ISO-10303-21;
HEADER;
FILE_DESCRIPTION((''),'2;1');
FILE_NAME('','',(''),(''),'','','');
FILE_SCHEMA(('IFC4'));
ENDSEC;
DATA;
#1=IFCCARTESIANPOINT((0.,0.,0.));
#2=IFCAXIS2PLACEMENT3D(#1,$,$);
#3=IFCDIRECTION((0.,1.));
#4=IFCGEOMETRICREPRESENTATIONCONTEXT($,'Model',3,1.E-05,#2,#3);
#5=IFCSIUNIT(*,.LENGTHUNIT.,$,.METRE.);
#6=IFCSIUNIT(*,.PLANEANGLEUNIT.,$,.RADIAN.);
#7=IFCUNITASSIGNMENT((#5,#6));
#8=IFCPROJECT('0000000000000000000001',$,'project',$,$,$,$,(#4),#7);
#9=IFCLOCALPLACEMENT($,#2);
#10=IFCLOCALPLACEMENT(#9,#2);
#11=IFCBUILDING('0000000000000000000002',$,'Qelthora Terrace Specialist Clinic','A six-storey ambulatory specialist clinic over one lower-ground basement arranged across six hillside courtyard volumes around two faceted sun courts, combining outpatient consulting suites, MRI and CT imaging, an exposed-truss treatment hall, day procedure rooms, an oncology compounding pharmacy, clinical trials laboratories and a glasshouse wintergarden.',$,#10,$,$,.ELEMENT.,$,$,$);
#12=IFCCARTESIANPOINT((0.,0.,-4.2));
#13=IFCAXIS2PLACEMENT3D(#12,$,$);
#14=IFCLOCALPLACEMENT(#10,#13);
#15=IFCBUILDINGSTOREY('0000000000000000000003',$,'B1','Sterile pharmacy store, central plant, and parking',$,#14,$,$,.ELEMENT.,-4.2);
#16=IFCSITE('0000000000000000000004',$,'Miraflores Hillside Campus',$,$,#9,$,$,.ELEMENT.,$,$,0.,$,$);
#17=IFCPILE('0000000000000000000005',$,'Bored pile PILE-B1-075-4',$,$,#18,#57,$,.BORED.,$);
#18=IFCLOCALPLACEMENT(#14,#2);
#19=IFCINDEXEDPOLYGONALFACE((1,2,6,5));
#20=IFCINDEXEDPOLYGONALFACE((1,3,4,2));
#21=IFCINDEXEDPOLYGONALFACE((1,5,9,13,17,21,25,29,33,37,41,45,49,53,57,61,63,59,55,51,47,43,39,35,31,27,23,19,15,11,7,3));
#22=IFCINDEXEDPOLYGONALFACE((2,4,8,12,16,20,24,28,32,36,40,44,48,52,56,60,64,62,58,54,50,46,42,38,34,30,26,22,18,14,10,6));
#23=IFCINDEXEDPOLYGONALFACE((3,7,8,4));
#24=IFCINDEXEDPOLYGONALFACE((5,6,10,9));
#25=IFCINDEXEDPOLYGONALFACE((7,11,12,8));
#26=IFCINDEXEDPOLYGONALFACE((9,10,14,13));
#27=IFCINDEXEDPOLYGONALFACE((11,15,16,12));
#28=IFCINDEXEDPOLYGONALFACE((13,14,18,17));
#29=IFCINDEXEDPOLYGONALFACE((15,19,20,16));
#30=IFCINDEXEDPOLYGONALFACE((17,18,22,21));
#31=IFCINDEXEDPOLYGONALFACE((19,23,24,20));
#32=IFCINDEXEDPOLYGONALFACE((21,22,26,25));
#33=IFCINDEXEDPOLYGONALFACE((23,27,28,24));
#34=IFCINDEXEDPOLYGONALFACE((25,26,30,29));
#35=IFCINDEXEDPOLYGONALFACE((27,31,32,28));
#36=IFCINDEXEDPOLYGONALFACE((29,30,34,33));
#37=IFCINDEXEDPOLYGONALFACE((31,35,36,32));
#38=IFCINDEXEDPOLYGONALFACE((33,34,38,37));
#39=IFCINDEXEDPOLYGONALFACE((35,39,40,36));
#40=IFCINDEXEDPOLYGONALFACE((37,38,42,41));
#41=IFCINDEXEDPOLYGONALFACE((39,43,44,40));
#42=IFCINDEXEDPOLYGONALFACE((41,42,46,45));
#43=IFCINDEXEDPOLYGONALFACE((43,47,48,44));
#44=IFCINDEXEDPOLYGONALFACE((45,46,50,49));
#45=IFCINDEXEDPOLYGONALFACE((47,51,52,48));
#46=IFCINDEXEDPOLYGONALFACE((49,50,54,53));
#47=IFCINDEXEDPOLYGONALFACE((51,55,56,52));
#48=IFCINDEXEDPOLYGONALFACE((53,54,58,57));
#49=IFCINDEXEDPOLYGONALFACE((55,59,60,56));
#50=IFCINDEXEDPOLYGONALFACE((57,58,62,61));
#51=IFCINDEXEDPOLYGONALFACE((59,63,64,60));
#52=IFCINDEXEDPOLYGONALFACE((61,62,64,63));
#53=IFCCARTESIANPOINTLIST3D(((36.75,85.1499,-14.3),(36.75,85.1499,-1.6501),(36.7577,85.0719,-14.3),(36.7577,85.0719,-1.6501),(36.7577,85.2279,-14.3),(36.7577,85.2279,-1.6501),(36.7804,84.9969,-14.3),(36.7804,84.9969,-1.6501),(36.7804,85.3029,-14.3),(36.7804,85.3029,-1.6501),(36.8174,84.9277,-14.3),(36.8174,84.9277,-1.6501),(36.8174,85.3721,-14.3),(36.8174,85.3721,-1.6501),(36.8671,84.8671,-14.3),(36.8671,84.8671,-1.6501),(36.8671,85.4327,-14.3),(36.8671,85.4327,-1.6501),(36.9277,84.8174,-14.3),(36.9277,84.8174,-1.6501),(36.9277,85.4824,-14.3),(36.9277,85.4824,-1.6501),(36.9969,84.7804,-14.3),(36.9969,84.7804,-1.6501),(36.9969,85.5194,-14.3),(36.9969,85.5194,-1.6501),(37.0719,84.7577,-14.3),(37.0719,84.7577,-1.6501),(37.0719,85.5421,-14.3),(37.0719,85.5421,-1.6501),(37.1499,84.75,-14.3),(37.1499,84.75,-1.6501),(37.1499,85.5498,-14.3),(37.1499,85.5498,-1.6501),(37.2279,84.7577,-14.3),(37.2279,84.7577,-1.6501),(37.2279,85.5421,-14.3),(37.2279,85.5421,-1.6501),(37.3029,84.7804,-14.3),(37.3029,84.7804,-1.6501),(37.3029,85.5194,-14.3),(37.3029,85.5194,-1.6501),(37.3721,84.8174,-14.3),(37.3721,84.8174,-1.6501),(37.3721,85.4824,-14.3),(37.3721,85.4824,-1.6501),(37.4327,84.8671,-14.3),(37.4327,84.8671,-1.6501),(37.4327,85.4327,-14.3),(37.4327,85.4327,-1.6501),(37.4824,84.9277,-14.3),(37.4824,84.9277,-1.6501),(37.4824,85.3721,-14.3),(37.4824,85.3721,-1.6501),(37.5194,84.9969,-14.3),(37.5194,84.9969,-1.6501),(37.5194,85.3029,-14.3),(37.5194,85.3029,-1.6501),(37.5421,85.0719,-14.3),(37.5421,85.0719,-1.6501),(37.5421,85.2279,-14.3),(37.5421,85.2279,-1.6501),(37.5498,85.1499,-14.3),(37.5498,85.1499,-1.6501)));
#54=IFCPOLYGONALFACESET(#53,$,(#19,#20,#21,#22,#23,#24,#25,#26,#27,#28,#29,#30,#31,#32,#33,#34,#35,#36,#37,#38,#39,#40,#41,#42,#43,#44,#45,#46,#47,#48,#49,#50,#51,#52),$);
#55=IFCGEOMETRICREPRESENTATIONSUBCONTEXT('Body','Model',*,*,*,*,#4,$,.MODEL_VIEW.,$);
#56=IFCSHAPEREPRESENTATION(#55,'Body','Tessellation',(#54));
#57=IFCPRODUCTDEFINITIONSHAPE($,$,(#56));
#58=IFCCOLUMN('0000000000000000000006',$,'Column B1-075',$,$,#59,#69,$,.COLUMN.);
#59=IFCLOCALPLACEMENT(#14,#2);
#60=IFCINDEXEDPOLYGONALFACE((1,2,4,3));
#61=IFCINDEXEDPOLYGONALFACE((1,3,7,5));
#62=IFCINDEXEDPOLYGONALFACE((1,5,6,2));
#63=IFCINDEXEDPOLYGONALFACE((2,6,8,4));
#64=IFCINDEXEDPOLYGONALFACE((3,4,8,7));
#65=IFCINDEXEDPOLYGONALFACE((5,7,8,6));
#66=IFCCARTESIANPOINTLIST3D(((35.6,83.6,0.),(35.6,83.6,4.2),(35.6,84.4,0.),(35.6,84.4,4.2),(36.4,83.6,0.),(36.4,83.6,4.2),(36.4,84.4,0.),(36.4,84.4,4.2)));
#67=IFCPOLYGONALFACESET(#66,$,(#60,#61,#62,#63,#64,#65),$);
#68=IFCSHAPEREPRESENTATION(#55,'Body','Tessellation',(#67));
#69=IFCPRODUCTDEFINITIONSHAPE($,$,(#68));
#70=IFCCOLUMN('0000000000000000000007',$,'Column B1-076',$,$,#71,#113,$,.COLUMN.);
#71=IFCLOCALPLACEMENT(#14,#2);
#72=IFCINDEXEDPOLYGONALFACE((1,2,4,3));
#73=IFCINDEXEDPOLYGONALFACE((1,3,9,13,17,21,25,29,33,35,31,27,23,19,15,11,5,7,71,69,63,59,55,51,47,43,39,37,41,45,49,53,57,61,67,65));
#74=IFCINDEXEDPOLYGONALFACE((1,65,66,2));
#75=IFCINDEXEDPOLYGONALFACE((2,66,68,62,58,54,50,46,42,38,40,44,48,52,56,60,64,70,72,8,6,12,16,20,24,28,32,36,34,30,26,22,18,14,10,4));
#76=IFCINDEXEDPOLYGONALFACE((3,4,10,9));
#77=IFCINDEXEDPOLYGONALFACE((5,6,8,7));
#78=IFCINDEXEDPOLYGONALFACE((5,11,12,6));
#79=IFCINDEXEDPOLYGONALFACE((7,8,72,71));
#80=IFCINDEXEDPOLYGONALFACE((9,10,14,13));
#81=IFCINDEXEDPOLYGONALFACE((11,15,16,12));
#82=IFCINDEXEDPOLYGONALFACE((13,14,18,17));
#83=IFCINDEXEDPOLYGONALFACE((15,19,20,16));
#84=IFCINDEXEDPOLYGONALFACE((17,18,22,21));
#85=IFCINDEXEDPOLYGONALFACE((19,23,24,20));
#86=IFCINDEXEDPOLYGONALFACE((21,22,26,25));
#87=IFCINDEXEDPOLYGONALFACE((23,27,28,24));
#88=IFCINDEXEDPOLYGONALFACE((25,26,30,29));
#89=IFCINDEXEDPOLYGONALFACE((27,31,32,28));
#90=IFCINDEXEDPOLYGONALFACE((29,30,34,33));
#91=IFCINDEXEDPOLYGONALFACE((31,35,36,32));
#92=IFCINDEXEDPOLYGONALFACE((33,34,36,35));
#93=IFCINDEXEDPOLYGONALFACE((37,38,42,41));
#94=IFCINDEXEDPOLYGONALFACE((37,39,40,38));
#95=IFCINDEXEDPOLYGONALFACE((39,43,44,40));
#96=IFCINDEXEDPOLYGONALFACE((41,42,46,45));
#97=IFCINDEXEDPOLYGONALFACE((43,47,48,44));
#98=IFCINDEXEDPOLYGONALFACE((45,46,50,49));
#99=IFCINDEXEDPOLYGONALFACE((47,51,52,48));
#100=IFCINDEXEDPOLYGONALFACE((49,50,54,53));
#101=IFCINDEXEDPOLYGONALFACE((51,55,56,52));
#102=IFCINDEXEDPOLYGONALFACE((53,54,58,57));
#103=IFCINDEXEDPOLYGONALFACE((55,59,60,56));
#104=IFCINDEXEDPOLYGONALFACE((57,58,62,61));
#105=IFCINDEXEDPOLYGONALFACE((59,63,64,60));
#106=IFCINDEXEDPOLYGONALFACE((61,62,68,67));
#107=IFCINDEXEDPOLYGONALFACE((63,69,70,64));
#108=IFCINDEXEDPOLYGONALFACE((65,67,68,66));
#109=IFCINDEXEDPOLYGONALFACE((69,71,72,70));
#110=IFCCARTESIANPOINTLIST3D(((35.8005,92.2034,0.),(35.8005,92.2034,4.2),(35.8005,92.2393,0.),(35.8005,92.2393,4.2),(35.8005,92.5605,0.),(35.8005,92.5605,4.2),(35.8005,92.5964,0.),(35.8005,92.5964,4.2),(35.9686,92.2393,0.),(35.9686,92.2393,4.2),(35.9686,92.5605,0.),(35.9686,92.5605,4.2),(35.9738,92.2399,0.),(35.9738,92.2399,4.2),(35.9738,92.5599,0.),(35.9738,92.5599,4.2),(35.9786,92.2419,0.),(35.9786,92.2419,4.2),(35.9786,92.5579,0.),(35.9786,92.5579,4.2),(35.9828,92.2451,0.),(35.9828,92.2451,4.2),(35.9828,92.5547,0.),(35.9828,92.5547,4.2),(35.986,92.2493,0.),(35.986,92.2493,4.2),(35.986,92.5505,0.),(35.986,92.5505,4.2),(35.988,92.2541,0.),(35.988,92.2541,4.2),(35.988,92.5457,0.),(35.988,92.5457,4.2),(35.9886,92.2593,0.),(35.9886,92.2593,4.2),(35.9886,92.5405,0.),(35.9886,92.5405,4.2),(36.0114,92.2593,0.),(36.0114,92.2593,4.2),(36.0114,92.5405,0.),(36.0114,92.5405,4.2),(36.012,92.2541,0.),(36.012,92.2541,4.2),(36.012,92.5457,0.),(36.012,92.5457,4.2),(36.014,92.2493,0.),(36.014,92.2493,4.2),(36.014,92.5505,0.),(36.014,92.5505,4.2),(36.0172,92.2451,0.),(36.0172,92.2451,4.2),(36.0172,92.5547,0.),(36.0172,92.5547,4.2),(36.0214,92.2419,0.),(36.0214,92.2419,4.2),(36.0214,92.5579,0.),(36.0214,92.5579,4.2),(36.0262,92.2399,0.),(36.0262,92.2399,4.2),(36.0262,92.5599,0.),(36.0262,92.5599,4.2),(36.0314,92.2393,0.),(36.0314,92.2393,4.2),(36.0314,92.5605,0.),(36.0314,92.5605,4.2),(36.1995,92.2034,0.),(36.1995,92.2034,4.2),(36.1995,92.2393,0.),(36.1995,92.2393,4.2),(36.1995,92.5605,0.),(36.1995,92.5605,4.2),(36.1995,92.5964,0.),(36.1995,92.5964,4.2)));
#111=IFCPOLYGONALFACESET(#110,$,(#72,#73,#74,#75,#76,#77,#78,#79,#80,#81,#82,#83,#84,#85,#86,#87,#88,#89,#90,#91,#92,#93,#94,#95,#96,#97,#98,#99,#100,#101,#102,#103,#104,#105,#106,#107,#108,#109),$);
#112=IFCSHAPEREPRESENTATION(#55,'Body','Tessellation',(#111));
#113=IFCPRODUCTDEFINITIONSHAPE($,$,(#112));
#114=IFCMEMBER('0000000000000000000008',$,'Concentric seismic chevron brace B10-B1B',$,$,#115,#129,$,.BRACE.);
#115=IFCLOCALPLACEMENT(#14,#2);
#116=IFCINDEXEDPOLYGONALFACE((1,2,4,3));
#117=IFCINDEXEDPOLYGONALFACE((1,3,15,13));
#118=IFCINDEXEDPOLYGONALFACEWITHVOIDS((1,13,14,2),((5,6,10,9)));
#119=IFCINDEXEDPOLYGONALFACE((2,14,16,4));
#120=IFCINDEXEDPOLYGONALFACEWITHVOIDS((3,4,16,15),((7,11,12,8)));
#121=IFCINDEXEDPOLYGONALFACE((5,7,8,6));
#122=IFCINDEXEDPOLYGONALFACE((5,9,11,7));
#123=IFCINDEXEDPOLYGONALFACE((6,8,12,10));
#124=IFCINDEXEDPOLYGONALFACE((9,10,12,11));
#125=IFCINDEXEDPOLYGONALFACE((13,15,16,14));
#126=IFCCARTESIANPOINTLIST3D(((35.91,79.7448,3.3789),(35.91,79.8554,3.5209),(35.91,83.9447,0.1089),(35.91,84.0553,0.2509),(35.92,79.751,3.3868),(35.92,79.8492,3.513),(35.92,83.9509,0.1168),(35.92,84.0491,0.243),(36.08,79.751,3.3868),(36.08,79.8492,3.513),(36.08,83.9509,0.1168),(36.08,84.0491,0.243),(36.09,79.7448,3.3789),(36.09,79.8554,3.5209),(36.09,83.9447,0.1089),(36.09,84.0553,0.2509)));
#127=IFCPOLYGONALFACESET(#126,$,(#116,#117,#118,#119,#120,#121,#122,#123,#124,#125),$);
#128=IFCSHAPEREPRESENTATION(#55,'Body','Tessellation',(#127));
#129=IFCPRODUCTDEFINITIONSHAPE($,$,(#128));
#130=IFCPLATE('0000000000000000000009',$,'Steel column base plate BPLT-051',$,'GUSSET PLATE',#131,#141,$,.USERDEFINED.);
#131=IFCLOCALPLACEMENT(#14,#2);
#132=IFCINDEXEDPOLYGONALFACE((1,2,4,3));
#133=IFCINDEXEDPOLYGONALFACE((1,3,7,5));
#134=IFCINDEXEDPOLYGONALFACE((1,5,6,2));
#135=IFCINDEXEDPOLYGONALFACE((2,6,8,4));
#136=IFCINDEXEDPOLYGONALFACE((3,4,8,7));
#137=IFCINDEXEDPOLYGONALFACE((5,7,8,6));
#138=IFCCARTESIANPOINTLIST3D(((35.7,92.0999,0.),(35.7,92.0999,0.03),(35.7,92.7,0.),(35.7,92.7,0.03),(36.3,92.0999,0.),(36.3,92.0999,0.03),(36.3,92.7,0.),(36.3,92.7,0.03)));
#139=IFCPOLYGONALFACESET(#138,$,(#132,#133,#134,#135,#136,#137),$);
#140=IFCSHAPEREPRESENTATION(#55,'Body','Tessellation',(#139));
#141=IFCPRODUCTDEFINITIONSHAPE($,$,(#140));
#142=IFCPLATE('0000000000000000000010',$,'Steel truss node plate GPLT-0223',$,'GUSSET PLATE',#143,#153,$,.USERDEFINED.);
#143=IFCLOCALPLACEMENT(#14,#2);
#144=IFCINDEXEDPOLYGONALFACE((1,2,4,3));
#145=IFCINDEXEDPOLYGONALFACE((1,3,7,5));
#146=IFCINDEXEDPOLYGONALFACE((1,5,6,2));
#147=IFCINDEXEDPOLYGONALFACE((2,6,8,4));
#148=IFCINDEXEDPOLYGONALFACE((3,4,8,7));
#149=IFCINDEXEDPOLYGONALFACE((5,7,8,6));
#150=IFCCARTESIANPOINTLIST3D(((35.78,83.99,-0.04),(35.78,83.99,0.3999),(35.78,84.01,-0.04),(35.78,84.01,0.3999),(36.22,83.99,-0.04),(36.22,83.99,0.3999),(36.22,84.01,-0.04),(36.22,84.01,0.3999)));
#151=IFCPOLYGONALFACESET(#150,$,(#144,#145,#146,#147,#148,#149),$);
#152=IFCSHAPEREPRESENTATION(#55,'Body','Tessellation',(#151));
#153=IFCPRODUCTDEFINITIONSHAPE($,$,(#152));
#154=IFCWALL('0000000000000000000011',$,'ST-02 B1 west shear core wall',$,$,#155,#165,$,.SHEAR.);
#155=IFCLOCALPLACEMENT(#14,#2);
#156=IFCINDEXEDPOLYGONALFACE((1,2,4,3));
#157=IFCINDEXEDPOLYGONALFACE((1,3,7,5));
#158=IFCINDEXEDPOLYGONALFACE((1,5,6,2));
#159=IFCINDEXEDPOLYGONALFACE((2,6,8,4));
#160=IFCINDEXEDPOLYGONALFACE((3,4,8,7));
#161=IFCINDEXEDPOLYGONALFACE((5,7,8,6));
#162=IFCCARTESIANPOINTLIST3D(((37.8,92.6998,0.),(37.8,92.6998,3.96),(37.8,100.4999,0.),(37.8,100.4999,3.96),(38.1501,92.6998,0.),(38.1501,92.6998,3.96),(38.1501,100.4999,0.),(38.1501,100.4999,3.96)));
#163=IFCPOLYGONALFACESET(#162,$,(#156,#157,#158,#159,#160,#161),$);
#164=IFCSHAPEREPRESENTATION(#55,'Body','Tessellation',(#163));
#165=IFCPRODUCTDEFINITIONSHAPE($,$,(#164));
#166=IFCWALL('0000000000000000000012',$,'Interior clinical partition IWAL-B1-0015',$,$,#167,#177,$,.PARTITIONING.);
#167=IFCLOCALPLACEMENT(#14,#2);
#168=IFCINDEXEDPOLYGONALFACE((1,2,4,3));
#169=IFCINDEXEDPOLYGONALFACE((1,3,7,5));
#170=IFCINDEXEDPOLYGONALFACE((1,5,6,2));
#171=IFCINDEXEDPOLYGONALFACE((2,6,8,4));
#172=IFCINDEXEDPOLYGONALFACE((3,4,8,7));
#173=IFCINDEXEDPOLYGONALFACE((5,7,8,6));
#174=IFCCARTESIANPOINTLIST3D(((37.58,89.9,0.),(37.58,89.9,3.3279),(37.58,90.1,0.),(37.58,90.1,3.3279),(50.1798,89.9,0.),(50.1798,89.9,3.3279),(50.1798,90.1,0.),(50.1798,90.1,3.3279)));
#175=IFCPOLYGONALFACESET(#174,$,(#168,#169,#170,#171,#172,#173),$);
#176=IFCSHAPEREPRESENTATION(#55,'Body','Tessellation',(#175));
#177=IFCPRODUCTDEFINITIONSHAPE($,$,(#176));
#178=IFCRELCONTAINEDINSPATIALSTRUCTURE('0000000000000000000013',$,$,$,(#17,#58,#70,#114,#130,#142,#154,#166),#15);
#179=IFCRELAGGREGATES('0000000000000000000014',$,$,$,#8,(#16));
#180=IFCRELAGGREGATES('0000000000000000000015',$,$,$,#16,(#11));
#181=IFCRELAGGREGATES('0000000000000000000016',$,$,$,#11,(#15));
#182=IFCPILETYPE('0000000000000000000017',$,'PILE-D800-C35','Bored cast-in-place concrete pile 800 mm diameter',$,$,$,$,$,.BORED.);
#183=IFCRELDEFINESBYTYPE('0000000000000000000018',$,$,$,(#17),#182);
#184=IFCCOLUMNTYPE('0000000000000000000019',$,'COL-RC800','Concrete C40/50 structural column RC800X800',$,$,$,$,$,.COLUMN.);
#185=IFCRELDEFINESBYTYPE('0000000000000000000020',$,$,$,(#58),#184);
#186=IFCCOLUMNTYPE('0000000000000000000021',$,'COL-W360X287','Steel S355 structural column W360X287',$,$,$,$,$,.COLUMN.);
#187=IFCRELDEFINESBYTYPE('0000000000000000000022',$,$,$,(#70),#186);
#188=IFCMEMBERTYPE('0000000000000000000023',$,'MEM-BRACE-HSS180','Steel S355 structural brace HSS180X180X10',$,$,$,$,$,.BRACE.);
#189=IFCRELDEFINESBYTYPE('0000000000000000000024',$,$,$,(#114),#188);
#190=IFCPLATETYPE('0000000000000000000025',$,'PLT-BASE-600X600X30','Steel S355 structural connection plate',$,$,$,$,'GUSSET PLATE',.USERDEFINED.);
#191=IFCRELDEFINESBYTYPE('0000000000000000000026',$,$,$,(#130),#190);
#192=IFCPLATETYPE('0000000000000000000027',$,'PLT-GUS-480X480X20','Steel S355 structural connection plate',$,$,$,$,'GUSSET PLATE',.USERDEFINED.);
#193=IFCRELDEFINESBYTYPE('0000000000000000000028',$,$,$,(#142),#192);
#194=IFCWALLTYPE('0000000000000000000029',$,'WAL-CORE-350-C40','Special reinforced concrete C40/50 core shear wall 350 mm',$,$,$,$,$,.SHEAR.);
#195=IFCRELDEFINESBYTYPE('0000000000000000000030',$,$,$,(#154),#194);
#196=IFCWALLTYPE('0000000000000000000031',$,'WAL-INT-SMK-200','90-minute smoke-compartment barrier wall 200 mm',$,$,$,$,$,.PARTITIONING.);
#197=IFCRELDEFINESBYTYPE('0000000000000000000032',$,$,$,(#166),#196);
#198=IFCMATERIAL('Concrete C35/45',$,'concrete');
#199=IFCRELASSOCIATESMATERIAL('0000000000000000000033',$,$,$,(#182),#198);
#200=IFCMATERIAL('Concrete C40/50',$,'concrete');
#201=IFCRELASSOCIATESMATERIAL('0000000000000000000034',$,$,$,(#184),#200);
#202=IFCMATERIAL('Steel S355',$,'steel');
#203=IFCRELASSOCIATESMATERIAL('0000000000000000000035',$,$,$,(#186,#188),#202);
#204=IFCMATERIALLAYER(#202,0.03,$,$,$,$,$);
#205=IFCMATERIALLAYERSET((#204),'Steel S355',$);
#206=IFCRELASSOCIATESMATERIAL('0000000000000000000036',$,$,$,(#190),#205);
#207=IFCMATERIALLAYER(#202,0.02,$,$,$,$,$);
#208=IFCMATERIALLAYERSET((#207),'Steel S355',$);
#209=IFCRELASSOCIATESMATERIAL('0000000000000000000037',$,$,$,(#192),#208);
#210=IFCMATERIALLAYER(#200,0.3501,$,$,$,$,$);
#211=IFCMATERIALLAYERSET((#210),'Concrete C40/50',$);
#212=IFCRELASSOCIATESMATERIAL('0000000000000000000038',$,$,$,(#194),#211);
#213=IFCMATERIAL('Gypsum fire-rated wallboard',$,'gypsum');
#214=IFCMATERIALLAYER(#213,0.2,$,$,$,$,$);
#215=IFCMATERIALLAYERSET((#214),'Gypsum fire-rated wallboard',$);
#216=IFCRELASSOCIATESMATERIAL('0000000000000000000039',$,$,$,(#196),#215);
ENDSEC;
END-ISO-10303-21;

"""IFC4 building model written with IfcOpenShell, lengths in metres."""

from ifc_helpers import new_model, si_unit, direction, frame, frame_2d, origin, origin_2d, place, context, subcontext, project, spatial, rectangle, hollow_rectangle, circle, i_section, extrude, material, layer, layer_set, material_profile, profile_set, type_object, element, save


model = new_model("IFC4")

# Units and contexts
model_context = context("Model", 3, precision=1e-05, world=origin(), true_north=direction((0.0, 1.0)))
body_context = subcontext(model_context, "Body", "Model", "MODEL_VIEW")
ifc_project = project(units=[si_unit("LENGTHUNIT", "METRE"), si_unit("PLANEANGLEUNIT", "RADIAN")], contexts=[model_context])

# Site, building, storey
site_placement = place(None, origin())
site = spatial("IfcSite", under=ifc_project, at=site_placement, Name="Miraflores Hillside Campus", CompositionType="ELEMENT", RefElevation=0.0)
building_placement = place(site_placement, origin())
building = spatial("IfcBuilding", under=site, at=building_placement, Name="Qelthora Terrace Specialist Clinic", Description="A six-storey ambulatory specialist clinic over one lower-ground basement arranged across six hillside courtyard volumes around two faceted sun courts, combining outpatient consulting suites, MRI and CT imaging, an exposed-truss treatment hall, day procedure rooms, an oncology compounding pharmacy, clinical trials laboratories and a glasshouse wintergarden.", CompositionType="ELEMENT")
storey_placement = place(building_placement, frame((0.0, 0.0, -4.2)))
storey = spatial("IfcBuildingStorey", under=building, at=storey_placement, Name="B1", Description="Sterile pharmacy store, central plant, and parking", CompositionType="ELEMENT", Elevation=-4.2)

# Shared definitions
ifc_material_1 = material(Name="Concrete C35/45", Category="concrete")

# Pile
ifc_material_profile_1 = material_profile(ifc_material_1, circle(Radius=0.3999, at=origin_2d()), Name="PILE800")
ifc_profile_set_1 = profile_set([ifc_material_profile_1], Name="Concrete C35/45")
pile_type_1 = type_object("IfcPileType", Name="PILE-D800-C35", Description="Bored cast-in-place concrete pile 800 mm diameter", PredefinedType="BORED", material=ifc_profile_set_1)
for number, where, z_axis, x_axis, name in (
    (1, (37.1499, 85.1499, -1.6501), (0.0, 0.0, -1.0), (1.0, 0.0, 0.0), "Bored pile PILE-B1-075-4"),
):
    element("IfcPile", number, at=place(storey_placement, frame(where, z_axis=z_axis, x_axis=x_axis)), inside=storey, type_object=pile_type_1, Name=name, PredefinedType="BORED", context=body_context, shape_type="SweptSolid", body=[
        extrude(circle(Radius=0.3999, at=origin_2d()), origin(), (0.0, 0.0, 1.0), 12.6499),
    ])

# Columns
ifc_material_2 = material(Name="Concrete C40/50", Category="concrete")
ifc_material_profile_2 = material_profile(ifc_material_2, rectangle(XDim=0.8, YDim=0.8, at=origin_2d()), Name="RC800X800")
ifc_profile_set_2 = profile_set([ifc_material_profile_2], Name="Concrete C40/50")
column_type_1 = type_object("IfcColumnType", Name="COL-RC800", Description="Concrete C40/50 structural column RC800X800", PredefinedType="COLUMN", material=ifc_profile_set_2)
column_1_placement = place(storey_placement, frame((36.0, 84.0, 0.0), z_axis=(0.0, 0.0, 1.0), x_axis=(1.0, 0.0, 0.0)))
element("IfcColumn", 2, at=column_1_placement, inside=storey, type_object=column_type_1, Name="Column B1-075", PredefinedType="COLUMN", context=body_context, shape_type="SweptSolid", body=[
    extrude(rectangle(XDim=0.8, YDim=0.8, at=origin_2d()), origin(), (0.0, 0.0, 1.0), 4.2),
])
ifc_material_3 = material(Name="Steel S355", Category="steel")
ifc_material_profile_3 = material_profile(ifc_material_3, i_section(OverallWidth=0.3989, OverallDepth=0.3931, WebThickness=0.0227, FlangeThickness=0.0359, FilletRadius=0.02, at=origin_2d()), Name="W360X287")
ifc_profile_set_3 = profile_set([ifc_material_profile_3], Name="Steel S355")
column_type_2 = type_object("IfcColumnType", Name="COL-W360X287", Description="Steel S355 structural column W360X287", PredefinedType="COLUMN", material=ifc_profile_set_3)
column_2_placement = place(storey_placement, frame((36.0, 92.3999, 0.0), z_axis=(0.0, 0.0, 1.0), x_axis=(1.0, 0.0, 0.0)))
element("IfcColumn", 3, at=column_2_placement, inside=storey, type_object=column_type_2, Name="Column B1-076", PredefinedType="COLUMN", context=body_context, shape_type="SweptSolid", body=[
    extrude(i_section(OverallWidth=0.3989, OverallDepth=0.3931, WebThickness=0.0227, FlangeThickness=0.0359, FilletRadius=0.02, at=origin_2d()), origin(), (0.0, 0.0, 1.0), 4.2),
])

# Member
ifc_material_profile_4 = material_profile(ifc_material_3, hollow_rectangle(XDim=0.1799, YDim=0.1799, WallThickness=0.01, at=origin_2d()), Name="HSS180X180X10")
ifc_profile_set_4 = profile_set([ifc_material_profile_4], Name="Steel S355")
member_type = type_object("IfcMemberType", Name="MEM-BRACE-HSS180", Description="Steel S355 structural brace HSS180X180X10", PredefinedType="BRACE", material=ifc_profile_set_4)
member_placement = place(storey_placement, frame((36.0, 84.0, 0.1799), z_axis=(0.0, -0.789043, 0.614337), x_axis=(1.0, 0.0, 0.0)))
element("IfcMember", 4, at=member_placement, inside=storey, type_object=member_type, Name="Concentric seismic chevron brace B10-B1B", PredefinedType="BRACE", context=body_context, shape_type="SweptSolid", body=[
    extrude(hollow_rectangle(XDim=0.1799, YDim=0.1799, WallThickness=0.01, at=origin_2d()), origin(), (0.0, 0.0, 1.0), 5.3228),
])

# Plates
ifc_layer_1 = layer(ifc_material_3, 0.03)
ifc_layer_set_1 = layer_set([ifc_layer_1], Name="Steel S355")
plate_type_1 = type_object("IfcPlateType", Name="PLT-BASE-600X600X30", Description="Steel S355 structural connection plate", ElementType="GUSSET PLATE", PredefinedType="USERDEFINED", material=ifc_layer_set_1)
plate_1_placement = place(storey_placement, frame((36.0, 92.3999, 0.0), z_axis=(0.0, 0.0, 1.0), x_axis=(1.0, 0.0, 0.0)))
element("IfcPlate", 5, at=plate_1_placement, inside=storey, type_object=plate_type_1, Name="Steel column base plate BPLT-051", ObjectType="GUSSET PLATE", PredefinedType="USERDEFINED", context=body_context, shape_type="SweptSolid", body=[
    extrude(rectangle(XDim=0.6001, YDim=0.6001, at=origin_2d()), origin(), (0.0, 0.0, 1.0), 0.03),
])
ifc_layer_2 = layer(ifc_material_3, 0.02)
ifc_layer_set_2 = layer_set([ifc_layer_2], Name="Steel S355")
plate_type_2 = type_object("IfcPlateType", Name="PLT-GUS-480X480X20", Description="Steel S355 structural connection plate", ElementType="GUSSET PLATE", PredefinedType="USERDEFINED", material=ifc_layer_set_2)
plate_2_placement = place(storey_placement, frame((36.0, 84.0, -0.04), z_axis=(0.0, 0.0, 1.0), x_axis=(1.0, 0.0, 0.0)))
element("IfcPlate", 6, at=plate_2_placement, inside=storey, type_object=plate_type_2, Name="Steel truss node plate GPLT-0223", ObjectType="GUSSET PLATE", PredefinedType="USERDEFINED", context=body_context, shape_type="SweptSolid", body=[
    extrude(rectangle(XDim=0.4399, YDim=0.02, at=origin_2d()), origin(), (0.0, 0.0, 1.0), 0.4399),
])

# Wall
ifc_layer_3 = layer(ifc_material_2, 0.3501)
ifc_layer_set_3 = layer_set([ifc_layer_3], Name="Concrete C40/50")
wall_type_1 = type_object("IfcWallType", Name="WAL-CORE-350-C40", Description="Special reinforced concrete C40/50 core shear wall 350 mm", PredefinedType="SHEAR", material=ifc_layer_set_3)
wall_1_placement = place(storey_placement, frame((37.9751, 92.7, 0.0), z_axis=(0.0, 0.0, 1.0), x_axis=(0.0, 1.0, 0.0)))
element("IfcWall", 7, at=wall_1_placement, inside=storey, type_object=wall_type_1, Name="ST-02 B1 west shear core wall", PredefinedType="SHEAR", context=body_context, shape_type="SweptSolid", body=[
    extrude(rectangle(XDim=7.8, YDim=0.3501, at=frame_2d((3.8999, 0.0))), origin(), (0.0, 0.0, 1.0), 3.96),
])

# Wall
ifc_material_4 = material(Name="Gypsum fire-rated wallboard", Category="gypsum")
ifc_layer_4 = layer(ifc_material_4, 0.2)
ifc_layer_set_4 = layer_set([ifc_layer_4], Name="Gypsum fire-rated wallboard")
wall_type_2 = type_object("IfcWallType", Name="WAL-INT-SMK-200", Description="90-minute smoke-compartment barrier wall 200 mm", PredefinedType="PARTITIONING", material=ifc_layer_set_4)
wall_2_placement = place(storey_placement, frame((37.5801, 90.0, 0.0), z_axis=(0.0, 0.0, 1.0), x_axis=(1.0, 0.0, 0.0)))
element("IfcWall", 8, at=wall_2_placement, inside=storey, type_object=wall_type_2, Name="Interior clinical partition IWAL-B1-0015", PredefinedType="PARTITIONING", context=body_context, shape_type="SweptSolid", body=[
    extrude(rectangle(XDim=12.5999, YDim=0.2, at=frame_2d((6.2998, 0.0))), origin(), (0.0, 0.0, 1.0), 3.3279),
])

save(model, "model.ifc")
